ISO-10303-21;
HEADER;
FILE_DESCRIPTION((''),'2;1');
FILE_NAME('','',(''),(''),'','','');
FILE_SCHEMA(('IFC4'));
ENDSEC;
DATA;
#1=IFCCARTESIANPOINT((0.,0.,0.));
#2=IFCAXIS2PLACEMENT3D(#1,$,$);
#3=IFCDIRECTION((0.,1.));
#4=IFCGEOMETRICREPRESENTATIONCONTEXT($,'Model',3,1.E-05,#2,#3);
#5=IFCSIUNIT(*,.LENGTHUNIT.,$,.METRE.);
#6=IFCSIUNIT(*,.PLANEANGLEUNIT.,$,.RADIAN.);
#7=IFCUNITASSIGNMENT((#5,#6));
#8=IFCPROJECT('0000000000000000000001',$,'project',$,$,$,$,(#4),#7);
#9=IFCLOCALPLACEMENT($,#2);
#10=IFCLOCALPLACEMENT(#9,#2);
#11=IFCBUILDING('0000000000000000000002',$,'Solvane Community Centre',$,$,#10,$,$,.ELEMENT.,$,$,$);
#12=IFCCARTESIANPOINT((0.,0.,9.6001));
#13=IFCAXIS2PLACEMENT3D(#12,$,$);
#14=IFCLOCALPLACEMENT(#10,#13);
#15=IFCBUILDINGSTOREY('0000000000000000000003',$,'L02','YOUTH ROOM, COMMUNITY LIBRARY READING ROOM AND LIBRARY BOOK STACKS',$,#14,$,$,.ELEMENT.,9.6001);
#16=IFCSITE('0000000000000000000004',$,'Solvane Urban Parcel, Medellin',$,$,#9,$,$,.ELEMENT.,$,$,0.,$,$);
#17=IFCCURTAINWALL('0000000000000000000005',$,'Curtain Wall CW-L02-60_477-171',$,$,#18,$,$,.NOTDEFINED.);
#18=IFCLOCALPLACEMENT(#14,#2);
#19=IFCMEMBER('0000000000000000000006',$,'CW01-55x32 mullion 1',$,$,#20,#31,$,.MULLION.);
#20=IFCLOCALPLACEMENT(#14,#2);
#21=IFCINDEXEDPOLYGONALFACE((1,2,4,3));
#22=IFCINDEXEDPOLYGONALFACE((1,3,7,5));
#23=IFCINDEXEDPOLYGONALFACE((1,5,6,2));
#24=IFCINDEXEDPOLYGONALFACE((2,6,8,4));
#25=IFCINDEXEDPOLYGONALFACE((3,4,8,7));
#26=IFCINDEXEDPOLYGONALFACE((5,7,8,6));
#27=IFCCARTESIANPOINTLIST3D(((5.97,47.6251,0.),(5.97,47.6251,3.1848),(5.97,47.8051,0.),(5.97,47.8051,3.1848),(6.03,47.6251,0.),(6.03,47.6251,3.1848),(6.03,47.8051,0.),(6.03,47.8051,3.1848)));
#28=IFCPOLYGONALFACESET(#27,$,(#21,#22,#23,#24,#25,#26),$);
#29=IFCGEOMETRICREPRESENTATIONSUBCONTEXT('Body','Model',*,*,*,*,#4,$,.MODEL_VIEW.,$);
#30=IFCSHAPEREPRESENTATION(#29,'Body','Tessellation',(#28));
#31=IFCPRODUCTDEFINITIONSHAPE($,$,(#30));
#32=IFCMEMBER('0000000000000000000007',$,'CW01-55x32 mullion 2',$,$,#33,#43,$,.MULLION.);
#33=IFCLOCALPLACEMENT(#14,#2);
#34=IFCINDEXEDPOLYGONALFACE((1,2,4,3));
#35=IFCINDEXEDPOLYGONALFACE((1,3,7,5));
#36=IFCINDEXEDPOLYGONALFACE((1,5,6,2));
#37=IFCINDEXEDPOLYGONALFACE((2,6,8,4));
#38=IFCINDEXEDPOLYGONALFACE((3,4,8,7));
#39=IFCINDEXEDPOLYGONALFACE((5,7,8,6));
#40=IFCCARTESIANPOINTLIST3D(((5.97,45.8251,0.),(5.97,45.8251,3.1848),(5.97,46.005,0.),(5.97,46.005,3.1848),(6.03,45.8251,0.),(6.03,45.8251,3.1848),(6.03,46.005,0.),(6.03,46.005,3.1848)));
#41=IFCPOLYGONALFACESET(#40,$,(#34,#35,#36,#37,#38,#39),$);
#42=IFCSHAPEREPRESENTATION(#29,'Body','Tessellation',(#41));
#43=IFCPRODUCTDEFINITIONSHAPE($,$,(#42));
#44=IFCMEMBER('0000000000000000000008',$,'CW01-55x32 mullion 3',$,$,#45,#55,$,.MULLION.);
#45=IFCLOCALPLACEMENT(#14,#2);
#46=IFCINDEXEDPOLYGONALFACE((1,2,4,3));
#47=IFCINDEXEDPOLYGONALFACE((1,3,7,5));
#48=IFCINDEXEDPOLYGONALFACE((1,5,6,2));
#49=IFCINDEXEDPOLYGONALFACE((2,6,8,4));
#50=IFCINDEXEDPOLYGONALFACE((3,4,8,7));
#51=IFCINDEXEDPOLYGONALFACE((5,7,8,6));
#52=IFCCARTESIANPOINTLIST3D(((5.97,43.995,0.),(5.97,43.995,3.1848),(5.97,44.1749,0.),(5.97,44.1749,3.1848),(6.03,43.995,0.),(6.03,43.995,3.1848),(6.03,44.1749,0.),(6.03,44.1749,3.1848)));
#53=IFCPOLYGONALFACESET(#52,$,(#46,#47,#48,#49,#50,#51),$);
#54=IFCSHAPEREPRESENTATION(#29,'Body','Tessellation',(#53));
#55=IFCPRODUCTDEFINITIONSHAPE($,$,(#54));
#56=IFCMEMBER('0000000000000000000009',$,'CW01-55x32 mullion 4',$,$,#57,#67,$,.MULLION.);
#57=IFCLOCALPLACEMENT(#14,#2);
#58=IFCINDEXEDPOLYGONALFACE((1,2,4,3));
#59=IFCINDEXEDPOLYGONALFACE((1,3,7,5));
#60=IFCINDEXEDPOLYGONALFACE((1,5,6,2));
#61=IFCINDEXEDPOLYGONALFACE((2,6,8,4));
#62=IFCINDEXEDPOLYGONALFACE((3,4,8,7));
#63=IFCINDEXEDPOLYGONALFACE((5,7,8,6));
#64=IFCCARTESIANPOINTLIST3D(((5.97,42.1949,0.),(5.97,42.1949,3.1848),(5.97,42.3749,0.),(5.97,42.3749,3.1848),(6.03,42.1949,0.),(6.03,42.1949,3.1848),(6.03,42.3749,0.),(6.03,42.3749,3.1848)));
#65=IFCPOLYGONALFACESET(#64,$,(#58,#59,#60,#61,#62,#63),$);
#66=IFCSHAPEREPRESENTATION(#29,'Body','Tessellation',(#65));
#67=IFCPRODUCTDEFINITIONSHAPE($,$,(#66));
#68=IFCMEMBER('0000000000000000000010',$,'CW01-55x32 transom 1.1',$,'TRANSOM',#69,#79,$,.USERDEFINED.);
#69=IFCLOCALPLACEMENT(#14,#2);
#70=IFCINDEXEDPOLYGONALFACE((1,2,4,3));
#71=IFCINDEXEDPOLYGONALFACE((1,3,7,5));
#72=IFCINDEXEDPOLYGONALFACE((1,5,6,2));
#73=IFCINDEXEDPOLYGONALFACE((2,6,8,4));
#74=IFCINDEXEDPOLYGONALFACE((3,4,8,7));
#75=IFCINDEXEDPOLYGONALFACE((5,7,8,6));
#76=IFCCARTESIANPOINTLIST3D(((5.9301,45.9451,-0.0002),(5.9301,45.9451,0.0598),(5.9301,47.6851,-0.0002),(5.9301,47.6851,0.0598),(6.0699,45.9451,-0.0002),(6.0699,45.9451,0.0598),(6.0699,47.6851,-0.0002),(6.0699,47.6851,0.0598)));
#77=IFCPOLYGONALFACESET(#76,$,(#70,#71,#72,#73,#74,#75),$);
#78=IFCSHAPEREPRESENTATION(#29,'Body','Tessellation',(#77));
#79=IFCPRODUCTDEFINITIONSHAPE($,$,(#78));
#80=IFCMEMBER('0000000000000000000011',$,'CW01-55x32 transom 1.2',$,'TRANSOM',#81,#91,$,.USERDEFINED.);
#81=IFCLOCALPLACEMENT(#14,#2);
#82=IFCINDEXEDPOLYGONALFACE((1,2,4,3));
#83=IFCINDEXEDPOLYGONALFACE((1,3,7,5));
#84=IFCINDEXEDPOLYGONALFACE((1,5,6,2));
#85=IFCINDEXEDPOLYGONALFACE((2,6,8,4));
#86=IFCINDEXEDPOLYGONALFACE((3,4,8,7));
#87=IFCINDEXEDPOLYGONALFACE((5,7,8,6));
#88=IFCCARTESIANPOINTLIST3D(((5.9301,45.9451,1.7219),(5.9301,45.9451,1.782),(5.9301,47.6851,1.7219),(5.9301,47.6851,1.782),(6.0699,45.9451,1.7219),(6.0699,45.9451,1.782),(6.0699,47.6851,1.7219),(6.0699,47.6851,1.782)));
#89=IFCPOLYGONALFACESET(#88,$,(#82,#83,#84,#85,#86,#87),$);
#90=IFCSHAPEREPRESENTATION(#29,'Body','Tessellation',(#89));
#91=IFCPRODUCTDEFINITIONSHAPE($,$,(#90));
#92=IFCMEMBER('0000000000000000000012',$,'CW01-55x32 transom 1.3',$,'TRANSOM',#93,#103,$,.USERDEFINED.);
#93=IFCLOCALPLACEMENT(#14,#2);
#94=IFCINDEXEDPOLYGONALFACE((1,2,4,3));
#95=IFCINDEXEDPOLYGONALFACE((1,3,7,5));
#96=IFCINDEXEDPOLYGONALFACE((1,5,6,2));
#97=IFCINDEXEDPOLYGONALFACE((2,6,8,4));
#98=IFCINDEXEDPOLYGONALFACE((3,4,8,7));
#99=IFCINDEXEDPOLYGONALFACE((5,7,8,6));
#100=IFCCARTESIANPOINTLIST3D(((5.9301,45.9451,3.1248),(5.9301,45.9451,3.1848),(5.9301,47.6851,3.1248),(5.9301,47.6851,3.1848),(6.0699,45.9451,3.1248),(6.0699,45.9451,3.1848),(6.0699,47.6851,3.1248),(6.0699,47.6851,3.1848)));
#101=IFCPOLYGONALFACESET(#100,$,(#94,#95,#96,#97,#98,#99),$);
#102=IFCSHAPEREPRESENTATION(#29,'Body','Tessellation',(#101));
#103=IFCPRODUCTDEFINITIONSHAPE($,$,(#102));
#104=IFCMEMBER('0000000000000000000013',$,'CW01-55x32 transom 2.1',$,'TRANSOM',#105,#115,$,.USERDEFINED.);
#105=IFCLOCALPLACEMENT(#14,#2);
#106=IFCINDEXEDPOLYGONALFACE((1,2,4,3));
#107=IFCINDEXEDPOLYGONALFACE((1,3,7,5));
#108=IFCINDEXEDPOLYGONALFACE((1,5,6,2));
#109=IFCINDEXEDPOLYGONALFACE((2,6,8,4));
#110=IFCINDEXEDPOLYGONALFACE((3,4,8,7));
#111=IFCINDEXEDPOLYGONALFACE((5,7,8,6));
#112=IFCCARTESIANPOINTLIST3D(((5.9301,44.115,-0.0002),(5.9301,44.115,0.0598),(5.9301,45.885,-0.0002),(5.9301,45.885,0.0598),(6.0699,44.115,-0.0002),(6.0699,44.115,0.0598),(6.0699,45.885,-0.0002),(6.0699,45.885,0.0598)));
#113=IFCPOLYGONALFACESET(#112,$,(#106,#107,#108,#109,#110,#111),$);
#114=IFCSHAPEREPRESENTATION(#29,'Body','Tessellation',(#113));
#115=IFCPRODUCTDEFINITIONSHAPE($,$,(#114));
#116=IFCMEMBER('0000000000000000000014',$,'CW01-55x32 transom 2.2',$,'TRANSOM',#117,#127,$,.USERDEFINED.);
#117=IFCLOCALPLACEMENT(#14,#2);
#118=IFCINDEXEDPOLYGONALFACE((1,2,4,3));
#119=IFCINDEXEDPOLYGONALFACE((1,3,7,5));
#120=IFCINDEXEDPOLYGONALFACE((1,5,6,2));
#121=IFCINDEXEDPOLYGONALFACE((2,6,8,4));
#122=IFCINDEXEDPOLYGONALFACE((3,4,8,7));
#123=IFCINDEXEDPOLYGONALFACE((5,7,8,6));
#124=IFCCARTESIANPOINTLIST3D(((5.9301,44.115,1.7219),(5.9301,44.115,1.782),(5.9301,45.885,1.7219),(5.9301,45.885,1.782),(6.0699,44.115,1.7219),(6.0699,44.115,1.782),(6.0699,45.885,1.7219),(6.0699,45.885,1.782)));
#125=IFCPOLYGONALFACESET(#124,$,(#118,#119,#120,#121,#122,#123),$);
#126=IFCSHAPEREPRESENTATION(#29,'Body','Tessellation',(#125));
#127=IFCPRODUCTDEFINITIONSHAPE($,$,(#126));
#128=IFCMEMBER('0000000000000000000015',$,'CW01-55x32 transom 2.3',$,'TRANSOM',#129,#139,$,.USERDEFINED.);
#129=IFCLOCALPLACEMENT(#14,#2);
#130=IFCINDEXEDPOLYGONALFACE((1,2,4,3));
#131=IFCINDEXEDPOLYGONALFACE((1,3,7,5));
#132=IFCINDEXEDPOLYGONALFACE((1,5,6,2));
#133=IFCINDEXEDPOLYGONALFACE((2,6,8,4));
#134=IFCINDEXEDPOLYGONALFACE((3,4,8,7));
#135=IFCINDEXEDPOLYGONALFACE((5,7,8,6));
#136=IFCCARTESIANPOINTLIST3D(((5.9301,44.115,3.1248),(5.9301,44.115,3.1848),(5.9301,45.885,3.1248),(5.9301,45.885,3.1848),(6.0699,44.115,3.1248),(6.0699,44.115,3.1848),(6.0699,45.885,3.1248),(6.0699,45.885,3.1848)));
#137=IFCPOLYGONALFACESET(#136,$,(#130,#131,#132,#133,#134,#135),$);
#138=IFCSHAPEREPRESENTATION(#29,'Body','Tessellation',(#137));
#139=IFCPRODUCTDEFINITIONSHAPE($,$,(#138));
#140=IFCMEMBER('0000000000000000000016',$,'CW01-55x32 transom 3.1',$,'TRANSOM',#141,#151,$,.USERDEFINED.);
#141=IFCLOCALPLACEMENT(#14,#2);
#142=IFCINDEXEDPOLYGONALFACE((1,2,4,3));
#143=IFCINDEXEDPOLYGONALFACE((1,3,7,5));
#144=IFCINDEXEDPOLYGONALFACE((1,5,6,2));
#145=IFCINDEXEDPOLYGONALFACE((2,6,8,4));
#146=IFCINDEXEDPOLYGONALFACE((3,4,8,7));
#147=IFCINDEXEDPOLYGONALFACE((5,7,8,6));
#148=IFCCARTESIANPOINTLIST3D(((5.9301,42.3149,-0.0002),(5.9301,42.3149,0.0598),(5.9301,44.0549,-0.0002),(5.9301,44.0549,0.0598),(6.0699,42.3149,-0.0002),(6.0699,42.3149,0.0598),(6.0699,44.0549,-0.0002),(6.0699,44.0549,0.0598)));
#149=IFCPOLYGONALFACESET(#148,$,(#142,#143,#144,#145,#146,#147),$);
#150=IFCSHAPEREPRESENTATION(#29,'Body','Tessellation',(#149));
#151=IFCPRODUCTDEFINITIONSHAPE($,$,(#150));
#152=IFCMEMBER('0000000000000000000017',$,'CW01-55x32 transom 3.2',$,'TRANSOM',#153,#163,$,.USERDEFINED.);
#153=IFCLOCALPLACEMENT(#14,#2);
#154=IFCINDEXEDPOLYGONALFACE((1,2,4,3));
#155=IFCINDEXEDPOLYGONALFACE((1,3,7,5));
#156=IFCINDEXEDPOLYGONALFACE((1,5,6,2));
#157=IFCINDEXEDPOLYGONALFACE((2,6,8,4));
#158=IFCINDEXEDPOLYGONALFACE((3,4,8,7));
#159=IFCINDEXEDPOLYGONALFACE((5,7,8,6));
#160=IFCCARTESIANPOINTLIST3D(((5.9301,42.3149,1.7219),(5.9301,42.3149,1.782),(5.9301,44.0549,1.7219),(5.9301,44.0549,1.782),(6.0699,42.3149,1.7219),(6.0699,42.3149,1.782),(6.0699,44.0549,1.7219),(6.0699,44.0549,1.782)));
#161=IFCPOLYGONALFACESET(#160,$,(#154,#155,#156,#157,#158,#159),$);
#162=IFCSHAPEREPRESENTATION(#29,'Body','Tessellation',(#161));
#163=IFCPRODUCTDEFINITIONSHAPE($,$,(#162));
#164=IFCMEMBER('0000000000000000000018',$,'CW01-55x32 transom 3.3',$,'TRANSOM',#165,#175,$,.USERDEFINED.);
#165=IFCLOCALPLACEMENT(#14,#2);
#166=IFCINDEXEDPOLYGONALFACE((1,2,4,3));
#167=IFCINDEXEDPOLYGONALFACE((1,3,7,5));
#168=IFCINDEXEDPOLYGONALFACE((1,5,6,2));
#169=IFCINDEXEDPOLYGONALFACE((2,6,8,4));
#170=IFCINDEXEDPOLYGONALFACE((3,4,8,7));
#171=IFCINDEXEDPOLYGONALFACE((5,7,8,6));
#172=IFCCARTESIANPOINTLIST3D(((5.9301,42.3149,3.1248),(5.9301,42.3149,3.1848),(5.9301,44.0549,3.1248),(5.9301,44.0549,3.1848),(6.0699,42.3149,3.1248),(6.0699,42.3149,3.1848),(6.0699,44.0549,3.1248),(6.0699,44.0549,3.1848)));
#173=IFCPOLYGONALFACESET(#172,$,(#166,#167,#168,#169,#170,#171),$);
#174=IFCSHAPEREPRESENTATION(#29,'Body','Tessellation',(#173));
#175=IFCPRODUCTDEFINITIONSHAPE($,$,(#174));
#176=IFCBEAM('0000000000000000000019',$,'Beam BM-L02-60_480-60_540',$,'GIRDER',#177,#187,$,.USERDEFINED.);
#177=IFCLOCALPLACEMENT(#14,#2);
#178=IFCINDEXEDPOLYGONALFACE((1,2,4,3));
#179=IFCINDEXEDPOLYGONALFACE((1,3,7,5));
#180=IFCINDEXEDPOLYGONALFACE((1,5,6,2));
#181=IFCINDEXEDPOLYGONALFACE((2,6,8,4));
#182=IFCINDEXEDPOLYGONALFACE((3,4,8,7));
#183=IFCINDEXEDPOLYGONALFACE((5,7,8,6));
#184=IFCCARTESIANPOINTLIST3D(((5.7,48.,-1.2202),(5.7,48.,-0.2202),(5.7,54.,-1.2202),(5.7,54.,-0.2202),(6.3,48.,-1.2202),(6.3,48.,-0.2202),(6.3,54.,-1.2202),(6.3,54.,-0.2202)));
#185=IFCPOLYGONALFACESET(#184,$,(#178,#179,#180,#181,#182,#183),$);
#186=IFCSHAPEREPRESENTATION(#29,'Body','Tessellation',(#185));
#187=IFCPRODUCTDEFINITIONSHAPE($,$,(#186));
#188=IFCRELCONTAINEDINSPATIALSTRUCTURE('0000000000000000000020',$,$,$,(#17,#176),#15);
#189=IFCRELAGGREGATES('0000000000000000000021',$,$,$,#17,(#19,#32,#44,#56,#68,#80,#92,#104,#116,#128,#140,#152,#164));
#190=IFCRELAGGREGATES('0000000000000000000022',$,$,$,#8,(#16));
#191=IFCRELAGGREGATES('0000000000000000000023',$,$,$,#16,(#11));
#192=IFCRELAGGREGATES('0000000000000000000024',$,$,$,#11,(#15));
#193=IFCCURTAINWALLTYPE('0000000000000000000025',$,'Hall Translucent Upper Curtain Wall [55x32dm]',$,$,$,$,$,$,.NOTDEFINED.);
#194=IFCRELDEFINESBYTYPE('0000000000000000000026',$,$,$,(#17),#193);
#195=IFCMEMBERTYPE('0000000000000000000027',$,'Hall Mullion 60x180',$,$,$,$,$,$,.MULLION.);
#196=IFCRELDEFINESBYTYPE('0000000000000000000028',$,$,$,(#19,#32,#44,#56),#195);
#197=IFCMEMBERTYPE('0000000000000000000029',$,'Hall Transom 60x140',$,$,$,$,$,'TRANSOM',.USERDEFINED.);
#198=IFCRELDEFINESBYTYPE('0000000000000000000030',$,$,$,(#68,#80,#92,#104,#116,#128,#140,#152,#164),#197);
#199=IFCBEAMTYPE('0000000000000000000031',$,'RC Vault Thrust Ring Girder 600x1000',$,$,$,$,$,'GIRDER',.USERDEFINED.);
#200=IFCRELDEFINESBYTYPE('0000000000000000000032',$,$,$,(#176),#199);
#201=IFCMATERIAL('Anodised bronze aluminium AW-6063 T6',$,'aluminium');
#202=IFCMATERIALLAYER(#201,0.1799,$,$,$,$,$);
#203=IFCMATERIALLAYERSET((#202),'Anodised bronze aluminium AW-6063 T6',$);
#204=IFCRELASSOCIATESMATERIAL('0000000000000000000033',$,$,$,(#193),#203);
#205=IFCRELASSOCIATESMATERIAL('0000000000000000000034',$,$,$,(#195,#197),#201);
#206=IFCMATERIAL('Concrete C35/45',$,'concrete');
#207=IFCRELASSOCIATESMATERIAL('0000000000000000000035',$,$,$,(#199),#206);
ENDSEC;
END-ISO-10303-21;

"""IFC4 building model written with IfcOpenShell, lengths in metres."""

from ifc_helpers import new_model, si_unit, direction, frame, origin, origin_2d, place, context, subcontext, project, spatial, rectangle, extrude, material, layer, layer_set, material_profile, profile_set, type_object, element, aggregate, save


model = new_model("IFC4")

# Units and contexts
model_context = context("Model", 3, precision=1e-05, world=origin(), true_north=direction((0.0, 1.0)))
body_context = subcontext(model_context, "Body", "Model", "MODEL_VIEW")
ifc_project = project(units=[si_unit("LENGTHUNIT", "METRE"), si_unit("PLANEANGLEUNIT", "RADIAN")], contexts=[model_context])

# Site, building, storey
site_placement = place(None, origin())
site = spatial("IfcSite", under=ifc_project, at=site_placement, Name="Solvane Urban Parcel, Medellin", CompositionType="ELEMENT", RefElevation=0.0)
building_placement = place(site_placement, origin())
building = spatial("IfcBuilding", under=site, at=building_placement, Name="Solvane Community Centre", CompositionType="ELEMENT")
storey_placement = place(building_placement, frame((0.0, 0.0, 9.6001)))
storey = spatial("IfcBuildingStorey", under=building, at=storey_placement, Name="L02", Description="YOUTH ROOM, COMMUNITY LIBRARY READING ROOM AND LIBRARY BOOK STACKS", CompositionType="ELEMENT", Elevation=9.6001)

# Curtain wall, members
ifc_material_1 = material(Name="Anodised bronze aluminium AW-6063 T6", Category="aluminium")
ifc_layer_1 = layer(ifc_material_1, 0.1799)
ifc_layer_set_1 = layer_set([ifc_layer_1], Name="Anodised bronze aluminium AW-6063 T6")
curtain_wall_type = type_object("IfcCurtainWallType", Name="Hall Translucent Upper Curtain Wall [55x32dm]", PredefinedType="NOTDEFINED", material=ifc_layer_set_1)
curtain_wall_placement = place(storey_placement, origin())
curtain_wall = element("IfcCurtainWall", 1, at=curtain_wall_placement, inside=storey, type_object=curtain_wall_type, Name="Curtain Wall CW-L02-60_477-171", PredefinedType="NOTDEFINED")
ifc_material_profile_1 = material_profile(ifc_material_1, rectangle(XDim=0.0601, YDim=0.1799, at=origin_2d()), Name="CW-M 60x180")
ifc_profile_set_1 = profile_set([ifc_material_profile_1], Name="Anodised bronze aluminium AW-6063 T6")
member_type_1 = type_object("IfcMemberType", Name="Hall Mullion 60x180", PredefinedType="MULLION", material=ifc_profile_set_1)
member_1_placement = place(storey_placement, frame((6.0, 47.7151, 0.0), z_axis=(0.0, 0.0, 1.0), x_axis=(1.0, 0.0, 0.0)))
member_1 = element("IfcMember", 2, at=member_1_placement, type_object=member_type_1, Name="CW01-55x32 mullion 1", PredefinedType="MULLION", context=body_context, shape_type="SweptSolid", body=[
    extrude(rectangle(XDim=0.0601, YDim=0.1799, at=origin_2d()), origin(), (0.0, 0.0, 1.0), 3.1848),
])
member_2_placement = place(storey_placement, frame((6.0, 45.915, 0.0), z_axis=(0.0, 0.0, 1.0), x_axis=(1.0, 0.0, 0.0)))
member_2 = element("IfcMember", 3, at=member_2_placement, type_object=member_type_1, Name="CW01-55x32 mullion 2", PredefinedType="MULLION", context=body_context, shape_type="SweptSolid", body=[
    extrude(rectangle(XDim=0.0601, YDim=0.1799, at=origin_2d()), origin(), (0.0, 0.0, 1.0), 3.1848),
])
member_3_placement = place(storey_placement, frame((6.0, 44.085, 0.0), z_axis=(0.0, 0.0, 1.0), x_axis=(1.0, 0.0, 0.0)))
member_3 = element("IfcMember", 4, at=member_3_placement, type_object=member_type_1, Name="CW01-55x32 mullion 3", PredefinedType="MULLION", context=body_context, shape_type="SweptSolid", body=[
    extrude(rectangle(XDim=0.0601, YDim=0.1799, at=origin_2d()), origin(), (0.0, 0.0, 1.0), 3.1848),
])
member_4_placement = place(storey_placement, frame((6.0, 42.2849, 0.0), z_axis=(0.0, 0.0, 1.0), x_axis=(1.0, 0.0, 0.0)))
member_4 = element("IfcMember", 5, at=member_4_placement, type_object=member_type_1, Name="CW01-55x32 mullion 4", PredefinedType="MULLION", context=body_context, shape_type="SweptSolid", body=[
    extrude(rectangle(XDim=0.0601, YDim=0.1799, at=origin_2d()), origin(), (0.0, 0.0, 1.0), 3.1848),
])
ifc_material_profile_2 = material_profile(ifc_material_1, rectangle(XDim=0.1399, YDim=0.0601, at=origin_2d()), Name="CW-T 60x140")
ifc_profile_set_2 = profile_set([ifc_material_profile_2], Name="Anodised bronze aluminium AW-6063 T6")
member_type_2 = type_object("IfcMemberType", Name="Hall Transom 60x140", ElementType="TRANSOM", PredefinedType="USERDEFINED", material=ifc_profile_set_2)
member_5_placement = place(storey_placement, frame((6.0, 47.6851, 0.0298), z_axis=(0.0, -1.0, 0.0), x_axis=(1.0, 0.0, 0.0)))
member_5 = element("IfcMember", 6, at=member_5_placement, type_object=member_type_2, Name="CW01-55x32 transom 1.1", ObjectType="TRANSOM", PredefinedType="USERDEFINED", context=body_context, shape_type="SweptSolid", body=[
    extrude(rectangle(XDim=0.1399, YDim=0.0601, at=origin_2d()), origin(), (0.0, 0.0, 1.0), 1.74),
])
member_6_placement = place(storey_placement, frame((6.0, 47.6851, 1.752), z_axis=(0.0, -1.0, 0.0), x_axis=(1.0, 0.0, 0.0)))
member_6 = element("IfcMember", 7, at=member_6_placement, type_object=member_type_2, Name="CW01-55x32 transom 1.2", ObjectType="TRANSOM", PredefinedType="USERDEFINED", context=body_context, shape_type="SweptSolid", body=[
    extrude(rectangle(XDim=0.1399, YDim=0.0601, at=origin_2d()), origin(), (0.0, 0.0, 1.0), 1.74),
])
member_7_placement = place(storey_placement, frame((6.0, 47.6851, 3.1548), z_axis=(0.0, -1.0, 0.0), x_axis=(1.0, 0.0, 0.0)))
member_7 = element("IfcMember", 8, at=member_7_placement, type_object=member_type_2, Name="CW01-55x32 transom 1.3", ObjectType="TRANSOM", PredefinedType="USERDEFINED", context=body_context, shape_type="SweptSolid", body=[
    extrude(rectangle(XDim=0.1399, YDim=0.0601, at=origin_2d()), origin(), (0.0, 0.0, 1.0), 1.74),
])
member_8_placement = place(storey_placement, frame((6.0, 45.885, 0.0298), z_axis=(0.0, -1.0, 0.0), x_axis=(1.0, 0.0, 0.0)))
member_8 = element("IfcMember", 9, at=member_8_placement, type_object=member_type_2, Name="CW01-55x32 transom 2.1", ObjectType="TRANSOM", PredefinedType="USERDEFINED", context=body_context, shape_type="SweptSolid", body=[
    extrude(rectangle(XDim=0.1399, YDim=0.0601, at=origin_2d()), origin(), (0.0, 0.0, 1.0), 1.77),
])
member_9_placement = place(storey_placement, frame((6.0, 45.885, 1.752), z_axis=(0.0, -1.0, 0.0), x_axis=(1.0, 0.0, 0.0)))
member_9 = element("IfcMember", 10, at=member_9_placement, type_object=member_type_2, Name="CW01-55x32 transom 2.2", ObjectType="TRANSOM", PredefinedType="USERDEFINED", context=body_context, shape_type="SweptSolid", body=[
    extrude(rectangle(XDim=0.1399, YDim=0.0601, at=origin_2d()), origin(), (0.0, 0.0, 1.0), 1.77),
])
member_10_placement = place(storey_placement, frame((6.0, 45.885, 3.1548), z_axis=(0.0, -1.0, 0.0), x_axis=(1.0, 0.0, 0.0)))
member_10 = element("IfcMember", 11, at=member_10_placement, type_object=member_type_2, Name="CW01-55x32 transom 2.3", ObjectType="TRANSOM", PredefinedType="USERDEFINED", context=body_context, shape_type="SweptSolid", body=[
    extrude(rectangle(XDim=0.1399, YDim=0.0601, at=origin_2d()), origin(), (0.0, 0.0, 1.0), 1.77),
])
member_11_placement = place(storey_placement, frame((6.0, 44.0549, 0.0298), z_axis=(0.0, -1.0, 0.0), x_axis=(1.0, 0.0, 0.0)))
member_11 = element("IfcMember", 12, at=member_11_placement, type_object=member_type_2, Name="CW01-55x32 transom 3.1", ObjectType="TRANSOM", PredefinedType="USERDEFINED", context=body_context, shape_type="SweptSolid", body=[
    extrude(rectangle(XDim=0.1399, YDim=0.0601, at=origin_2d()), origin(), (0.0, 0.0, 1.0), 1.74),
])
member_12_placement = place(storey_placement, frame((6.0, 44.0549, 1.752), z_axis=(0.0, -1.0, 0.0), x_axis=(1.0, 0.0, 0.0)))
member_12 = element("IfcMember", 13, at=member_12_placement, type_object=member_type_2, Name="CW01-55x32 transom 3.2", ObjectType="TRANSOM", PredefinedType="USERDEFINED", context=body_context, shape_type="SweptSolid", body=[
    extrude(rectangle(XDim=0.1399, YDim=0.0601, at=origin_2d()), origin(), (0.0, 0.0, 1.0), 1.74),
])
member_13_placement = place(storey_placement, frame((6.0, 44.0549, 3.1548), z_axis=(0.0, -1.0, 0.0), x_axis=(1.0, 0.0, 0.0)))
member_13 = element("IfcMember", 14, at=member_13_placement, type_object=member_type_2, Name="CW01-55x32 transom 3.3", ObjectType="TRANSOM", PredefinedType="USERDEFINED", context=body_context, shape_type="SweptSolid", body=[
    extrude(rectangle(XDim=0.1399, YDim=0.0601, at=origin_2d()), origin(), (0.0, 0.0, 1.0), 1.74),
])

# Beam
ifc_material_2 = material(Name="Concrete C35/45", Category="concrete")
ifc_material_profile_3 = material_profile(ifc_material_2, rectangle(XDim=0.6001, YDim=1.0, at=origin_2d()), Name="RC 600x1000")
ifc_profile_set_3 = profile_set([ifc_material_profile_3], Name="Concrete C35/45")
beam_type = type_object("IfcBeamType", Name="RC Vault Thrust Ring Girder 600x1000", ElementType="GIRDER", PredefinedType="USERDEFINED", material=ifc_profile_set_3)
beam_placement = place(storey_placement, frame((6.0, 48.0, -0.7202), z_axis=(0.0, 1.0, 0.0), x_axis=(-1.0, 0.0, 0.0)))
element("IfcBeam", 15, at=beam_placement, inside=storey, type_object=beam_type, Name="Beam BM-L02-60_480-60_540", ObjectType="GIRDER", PredefinedType="USERDEFINED", context=body_context, shape_type="SweptSolid", body=[
    extrude(rectangle(XDim=0.6001, YDim=1.0, at=origin_2d()), origin(), (0.0, 0.0, 1.0), 6.0),
])

aggregate(curtain_wall, [member_1, member_2, member_3, member_4, member_5, member_6, member_7, member_8, member_9, member_10, member_11, member_12, member_13])

save(model, "model.ifc")
